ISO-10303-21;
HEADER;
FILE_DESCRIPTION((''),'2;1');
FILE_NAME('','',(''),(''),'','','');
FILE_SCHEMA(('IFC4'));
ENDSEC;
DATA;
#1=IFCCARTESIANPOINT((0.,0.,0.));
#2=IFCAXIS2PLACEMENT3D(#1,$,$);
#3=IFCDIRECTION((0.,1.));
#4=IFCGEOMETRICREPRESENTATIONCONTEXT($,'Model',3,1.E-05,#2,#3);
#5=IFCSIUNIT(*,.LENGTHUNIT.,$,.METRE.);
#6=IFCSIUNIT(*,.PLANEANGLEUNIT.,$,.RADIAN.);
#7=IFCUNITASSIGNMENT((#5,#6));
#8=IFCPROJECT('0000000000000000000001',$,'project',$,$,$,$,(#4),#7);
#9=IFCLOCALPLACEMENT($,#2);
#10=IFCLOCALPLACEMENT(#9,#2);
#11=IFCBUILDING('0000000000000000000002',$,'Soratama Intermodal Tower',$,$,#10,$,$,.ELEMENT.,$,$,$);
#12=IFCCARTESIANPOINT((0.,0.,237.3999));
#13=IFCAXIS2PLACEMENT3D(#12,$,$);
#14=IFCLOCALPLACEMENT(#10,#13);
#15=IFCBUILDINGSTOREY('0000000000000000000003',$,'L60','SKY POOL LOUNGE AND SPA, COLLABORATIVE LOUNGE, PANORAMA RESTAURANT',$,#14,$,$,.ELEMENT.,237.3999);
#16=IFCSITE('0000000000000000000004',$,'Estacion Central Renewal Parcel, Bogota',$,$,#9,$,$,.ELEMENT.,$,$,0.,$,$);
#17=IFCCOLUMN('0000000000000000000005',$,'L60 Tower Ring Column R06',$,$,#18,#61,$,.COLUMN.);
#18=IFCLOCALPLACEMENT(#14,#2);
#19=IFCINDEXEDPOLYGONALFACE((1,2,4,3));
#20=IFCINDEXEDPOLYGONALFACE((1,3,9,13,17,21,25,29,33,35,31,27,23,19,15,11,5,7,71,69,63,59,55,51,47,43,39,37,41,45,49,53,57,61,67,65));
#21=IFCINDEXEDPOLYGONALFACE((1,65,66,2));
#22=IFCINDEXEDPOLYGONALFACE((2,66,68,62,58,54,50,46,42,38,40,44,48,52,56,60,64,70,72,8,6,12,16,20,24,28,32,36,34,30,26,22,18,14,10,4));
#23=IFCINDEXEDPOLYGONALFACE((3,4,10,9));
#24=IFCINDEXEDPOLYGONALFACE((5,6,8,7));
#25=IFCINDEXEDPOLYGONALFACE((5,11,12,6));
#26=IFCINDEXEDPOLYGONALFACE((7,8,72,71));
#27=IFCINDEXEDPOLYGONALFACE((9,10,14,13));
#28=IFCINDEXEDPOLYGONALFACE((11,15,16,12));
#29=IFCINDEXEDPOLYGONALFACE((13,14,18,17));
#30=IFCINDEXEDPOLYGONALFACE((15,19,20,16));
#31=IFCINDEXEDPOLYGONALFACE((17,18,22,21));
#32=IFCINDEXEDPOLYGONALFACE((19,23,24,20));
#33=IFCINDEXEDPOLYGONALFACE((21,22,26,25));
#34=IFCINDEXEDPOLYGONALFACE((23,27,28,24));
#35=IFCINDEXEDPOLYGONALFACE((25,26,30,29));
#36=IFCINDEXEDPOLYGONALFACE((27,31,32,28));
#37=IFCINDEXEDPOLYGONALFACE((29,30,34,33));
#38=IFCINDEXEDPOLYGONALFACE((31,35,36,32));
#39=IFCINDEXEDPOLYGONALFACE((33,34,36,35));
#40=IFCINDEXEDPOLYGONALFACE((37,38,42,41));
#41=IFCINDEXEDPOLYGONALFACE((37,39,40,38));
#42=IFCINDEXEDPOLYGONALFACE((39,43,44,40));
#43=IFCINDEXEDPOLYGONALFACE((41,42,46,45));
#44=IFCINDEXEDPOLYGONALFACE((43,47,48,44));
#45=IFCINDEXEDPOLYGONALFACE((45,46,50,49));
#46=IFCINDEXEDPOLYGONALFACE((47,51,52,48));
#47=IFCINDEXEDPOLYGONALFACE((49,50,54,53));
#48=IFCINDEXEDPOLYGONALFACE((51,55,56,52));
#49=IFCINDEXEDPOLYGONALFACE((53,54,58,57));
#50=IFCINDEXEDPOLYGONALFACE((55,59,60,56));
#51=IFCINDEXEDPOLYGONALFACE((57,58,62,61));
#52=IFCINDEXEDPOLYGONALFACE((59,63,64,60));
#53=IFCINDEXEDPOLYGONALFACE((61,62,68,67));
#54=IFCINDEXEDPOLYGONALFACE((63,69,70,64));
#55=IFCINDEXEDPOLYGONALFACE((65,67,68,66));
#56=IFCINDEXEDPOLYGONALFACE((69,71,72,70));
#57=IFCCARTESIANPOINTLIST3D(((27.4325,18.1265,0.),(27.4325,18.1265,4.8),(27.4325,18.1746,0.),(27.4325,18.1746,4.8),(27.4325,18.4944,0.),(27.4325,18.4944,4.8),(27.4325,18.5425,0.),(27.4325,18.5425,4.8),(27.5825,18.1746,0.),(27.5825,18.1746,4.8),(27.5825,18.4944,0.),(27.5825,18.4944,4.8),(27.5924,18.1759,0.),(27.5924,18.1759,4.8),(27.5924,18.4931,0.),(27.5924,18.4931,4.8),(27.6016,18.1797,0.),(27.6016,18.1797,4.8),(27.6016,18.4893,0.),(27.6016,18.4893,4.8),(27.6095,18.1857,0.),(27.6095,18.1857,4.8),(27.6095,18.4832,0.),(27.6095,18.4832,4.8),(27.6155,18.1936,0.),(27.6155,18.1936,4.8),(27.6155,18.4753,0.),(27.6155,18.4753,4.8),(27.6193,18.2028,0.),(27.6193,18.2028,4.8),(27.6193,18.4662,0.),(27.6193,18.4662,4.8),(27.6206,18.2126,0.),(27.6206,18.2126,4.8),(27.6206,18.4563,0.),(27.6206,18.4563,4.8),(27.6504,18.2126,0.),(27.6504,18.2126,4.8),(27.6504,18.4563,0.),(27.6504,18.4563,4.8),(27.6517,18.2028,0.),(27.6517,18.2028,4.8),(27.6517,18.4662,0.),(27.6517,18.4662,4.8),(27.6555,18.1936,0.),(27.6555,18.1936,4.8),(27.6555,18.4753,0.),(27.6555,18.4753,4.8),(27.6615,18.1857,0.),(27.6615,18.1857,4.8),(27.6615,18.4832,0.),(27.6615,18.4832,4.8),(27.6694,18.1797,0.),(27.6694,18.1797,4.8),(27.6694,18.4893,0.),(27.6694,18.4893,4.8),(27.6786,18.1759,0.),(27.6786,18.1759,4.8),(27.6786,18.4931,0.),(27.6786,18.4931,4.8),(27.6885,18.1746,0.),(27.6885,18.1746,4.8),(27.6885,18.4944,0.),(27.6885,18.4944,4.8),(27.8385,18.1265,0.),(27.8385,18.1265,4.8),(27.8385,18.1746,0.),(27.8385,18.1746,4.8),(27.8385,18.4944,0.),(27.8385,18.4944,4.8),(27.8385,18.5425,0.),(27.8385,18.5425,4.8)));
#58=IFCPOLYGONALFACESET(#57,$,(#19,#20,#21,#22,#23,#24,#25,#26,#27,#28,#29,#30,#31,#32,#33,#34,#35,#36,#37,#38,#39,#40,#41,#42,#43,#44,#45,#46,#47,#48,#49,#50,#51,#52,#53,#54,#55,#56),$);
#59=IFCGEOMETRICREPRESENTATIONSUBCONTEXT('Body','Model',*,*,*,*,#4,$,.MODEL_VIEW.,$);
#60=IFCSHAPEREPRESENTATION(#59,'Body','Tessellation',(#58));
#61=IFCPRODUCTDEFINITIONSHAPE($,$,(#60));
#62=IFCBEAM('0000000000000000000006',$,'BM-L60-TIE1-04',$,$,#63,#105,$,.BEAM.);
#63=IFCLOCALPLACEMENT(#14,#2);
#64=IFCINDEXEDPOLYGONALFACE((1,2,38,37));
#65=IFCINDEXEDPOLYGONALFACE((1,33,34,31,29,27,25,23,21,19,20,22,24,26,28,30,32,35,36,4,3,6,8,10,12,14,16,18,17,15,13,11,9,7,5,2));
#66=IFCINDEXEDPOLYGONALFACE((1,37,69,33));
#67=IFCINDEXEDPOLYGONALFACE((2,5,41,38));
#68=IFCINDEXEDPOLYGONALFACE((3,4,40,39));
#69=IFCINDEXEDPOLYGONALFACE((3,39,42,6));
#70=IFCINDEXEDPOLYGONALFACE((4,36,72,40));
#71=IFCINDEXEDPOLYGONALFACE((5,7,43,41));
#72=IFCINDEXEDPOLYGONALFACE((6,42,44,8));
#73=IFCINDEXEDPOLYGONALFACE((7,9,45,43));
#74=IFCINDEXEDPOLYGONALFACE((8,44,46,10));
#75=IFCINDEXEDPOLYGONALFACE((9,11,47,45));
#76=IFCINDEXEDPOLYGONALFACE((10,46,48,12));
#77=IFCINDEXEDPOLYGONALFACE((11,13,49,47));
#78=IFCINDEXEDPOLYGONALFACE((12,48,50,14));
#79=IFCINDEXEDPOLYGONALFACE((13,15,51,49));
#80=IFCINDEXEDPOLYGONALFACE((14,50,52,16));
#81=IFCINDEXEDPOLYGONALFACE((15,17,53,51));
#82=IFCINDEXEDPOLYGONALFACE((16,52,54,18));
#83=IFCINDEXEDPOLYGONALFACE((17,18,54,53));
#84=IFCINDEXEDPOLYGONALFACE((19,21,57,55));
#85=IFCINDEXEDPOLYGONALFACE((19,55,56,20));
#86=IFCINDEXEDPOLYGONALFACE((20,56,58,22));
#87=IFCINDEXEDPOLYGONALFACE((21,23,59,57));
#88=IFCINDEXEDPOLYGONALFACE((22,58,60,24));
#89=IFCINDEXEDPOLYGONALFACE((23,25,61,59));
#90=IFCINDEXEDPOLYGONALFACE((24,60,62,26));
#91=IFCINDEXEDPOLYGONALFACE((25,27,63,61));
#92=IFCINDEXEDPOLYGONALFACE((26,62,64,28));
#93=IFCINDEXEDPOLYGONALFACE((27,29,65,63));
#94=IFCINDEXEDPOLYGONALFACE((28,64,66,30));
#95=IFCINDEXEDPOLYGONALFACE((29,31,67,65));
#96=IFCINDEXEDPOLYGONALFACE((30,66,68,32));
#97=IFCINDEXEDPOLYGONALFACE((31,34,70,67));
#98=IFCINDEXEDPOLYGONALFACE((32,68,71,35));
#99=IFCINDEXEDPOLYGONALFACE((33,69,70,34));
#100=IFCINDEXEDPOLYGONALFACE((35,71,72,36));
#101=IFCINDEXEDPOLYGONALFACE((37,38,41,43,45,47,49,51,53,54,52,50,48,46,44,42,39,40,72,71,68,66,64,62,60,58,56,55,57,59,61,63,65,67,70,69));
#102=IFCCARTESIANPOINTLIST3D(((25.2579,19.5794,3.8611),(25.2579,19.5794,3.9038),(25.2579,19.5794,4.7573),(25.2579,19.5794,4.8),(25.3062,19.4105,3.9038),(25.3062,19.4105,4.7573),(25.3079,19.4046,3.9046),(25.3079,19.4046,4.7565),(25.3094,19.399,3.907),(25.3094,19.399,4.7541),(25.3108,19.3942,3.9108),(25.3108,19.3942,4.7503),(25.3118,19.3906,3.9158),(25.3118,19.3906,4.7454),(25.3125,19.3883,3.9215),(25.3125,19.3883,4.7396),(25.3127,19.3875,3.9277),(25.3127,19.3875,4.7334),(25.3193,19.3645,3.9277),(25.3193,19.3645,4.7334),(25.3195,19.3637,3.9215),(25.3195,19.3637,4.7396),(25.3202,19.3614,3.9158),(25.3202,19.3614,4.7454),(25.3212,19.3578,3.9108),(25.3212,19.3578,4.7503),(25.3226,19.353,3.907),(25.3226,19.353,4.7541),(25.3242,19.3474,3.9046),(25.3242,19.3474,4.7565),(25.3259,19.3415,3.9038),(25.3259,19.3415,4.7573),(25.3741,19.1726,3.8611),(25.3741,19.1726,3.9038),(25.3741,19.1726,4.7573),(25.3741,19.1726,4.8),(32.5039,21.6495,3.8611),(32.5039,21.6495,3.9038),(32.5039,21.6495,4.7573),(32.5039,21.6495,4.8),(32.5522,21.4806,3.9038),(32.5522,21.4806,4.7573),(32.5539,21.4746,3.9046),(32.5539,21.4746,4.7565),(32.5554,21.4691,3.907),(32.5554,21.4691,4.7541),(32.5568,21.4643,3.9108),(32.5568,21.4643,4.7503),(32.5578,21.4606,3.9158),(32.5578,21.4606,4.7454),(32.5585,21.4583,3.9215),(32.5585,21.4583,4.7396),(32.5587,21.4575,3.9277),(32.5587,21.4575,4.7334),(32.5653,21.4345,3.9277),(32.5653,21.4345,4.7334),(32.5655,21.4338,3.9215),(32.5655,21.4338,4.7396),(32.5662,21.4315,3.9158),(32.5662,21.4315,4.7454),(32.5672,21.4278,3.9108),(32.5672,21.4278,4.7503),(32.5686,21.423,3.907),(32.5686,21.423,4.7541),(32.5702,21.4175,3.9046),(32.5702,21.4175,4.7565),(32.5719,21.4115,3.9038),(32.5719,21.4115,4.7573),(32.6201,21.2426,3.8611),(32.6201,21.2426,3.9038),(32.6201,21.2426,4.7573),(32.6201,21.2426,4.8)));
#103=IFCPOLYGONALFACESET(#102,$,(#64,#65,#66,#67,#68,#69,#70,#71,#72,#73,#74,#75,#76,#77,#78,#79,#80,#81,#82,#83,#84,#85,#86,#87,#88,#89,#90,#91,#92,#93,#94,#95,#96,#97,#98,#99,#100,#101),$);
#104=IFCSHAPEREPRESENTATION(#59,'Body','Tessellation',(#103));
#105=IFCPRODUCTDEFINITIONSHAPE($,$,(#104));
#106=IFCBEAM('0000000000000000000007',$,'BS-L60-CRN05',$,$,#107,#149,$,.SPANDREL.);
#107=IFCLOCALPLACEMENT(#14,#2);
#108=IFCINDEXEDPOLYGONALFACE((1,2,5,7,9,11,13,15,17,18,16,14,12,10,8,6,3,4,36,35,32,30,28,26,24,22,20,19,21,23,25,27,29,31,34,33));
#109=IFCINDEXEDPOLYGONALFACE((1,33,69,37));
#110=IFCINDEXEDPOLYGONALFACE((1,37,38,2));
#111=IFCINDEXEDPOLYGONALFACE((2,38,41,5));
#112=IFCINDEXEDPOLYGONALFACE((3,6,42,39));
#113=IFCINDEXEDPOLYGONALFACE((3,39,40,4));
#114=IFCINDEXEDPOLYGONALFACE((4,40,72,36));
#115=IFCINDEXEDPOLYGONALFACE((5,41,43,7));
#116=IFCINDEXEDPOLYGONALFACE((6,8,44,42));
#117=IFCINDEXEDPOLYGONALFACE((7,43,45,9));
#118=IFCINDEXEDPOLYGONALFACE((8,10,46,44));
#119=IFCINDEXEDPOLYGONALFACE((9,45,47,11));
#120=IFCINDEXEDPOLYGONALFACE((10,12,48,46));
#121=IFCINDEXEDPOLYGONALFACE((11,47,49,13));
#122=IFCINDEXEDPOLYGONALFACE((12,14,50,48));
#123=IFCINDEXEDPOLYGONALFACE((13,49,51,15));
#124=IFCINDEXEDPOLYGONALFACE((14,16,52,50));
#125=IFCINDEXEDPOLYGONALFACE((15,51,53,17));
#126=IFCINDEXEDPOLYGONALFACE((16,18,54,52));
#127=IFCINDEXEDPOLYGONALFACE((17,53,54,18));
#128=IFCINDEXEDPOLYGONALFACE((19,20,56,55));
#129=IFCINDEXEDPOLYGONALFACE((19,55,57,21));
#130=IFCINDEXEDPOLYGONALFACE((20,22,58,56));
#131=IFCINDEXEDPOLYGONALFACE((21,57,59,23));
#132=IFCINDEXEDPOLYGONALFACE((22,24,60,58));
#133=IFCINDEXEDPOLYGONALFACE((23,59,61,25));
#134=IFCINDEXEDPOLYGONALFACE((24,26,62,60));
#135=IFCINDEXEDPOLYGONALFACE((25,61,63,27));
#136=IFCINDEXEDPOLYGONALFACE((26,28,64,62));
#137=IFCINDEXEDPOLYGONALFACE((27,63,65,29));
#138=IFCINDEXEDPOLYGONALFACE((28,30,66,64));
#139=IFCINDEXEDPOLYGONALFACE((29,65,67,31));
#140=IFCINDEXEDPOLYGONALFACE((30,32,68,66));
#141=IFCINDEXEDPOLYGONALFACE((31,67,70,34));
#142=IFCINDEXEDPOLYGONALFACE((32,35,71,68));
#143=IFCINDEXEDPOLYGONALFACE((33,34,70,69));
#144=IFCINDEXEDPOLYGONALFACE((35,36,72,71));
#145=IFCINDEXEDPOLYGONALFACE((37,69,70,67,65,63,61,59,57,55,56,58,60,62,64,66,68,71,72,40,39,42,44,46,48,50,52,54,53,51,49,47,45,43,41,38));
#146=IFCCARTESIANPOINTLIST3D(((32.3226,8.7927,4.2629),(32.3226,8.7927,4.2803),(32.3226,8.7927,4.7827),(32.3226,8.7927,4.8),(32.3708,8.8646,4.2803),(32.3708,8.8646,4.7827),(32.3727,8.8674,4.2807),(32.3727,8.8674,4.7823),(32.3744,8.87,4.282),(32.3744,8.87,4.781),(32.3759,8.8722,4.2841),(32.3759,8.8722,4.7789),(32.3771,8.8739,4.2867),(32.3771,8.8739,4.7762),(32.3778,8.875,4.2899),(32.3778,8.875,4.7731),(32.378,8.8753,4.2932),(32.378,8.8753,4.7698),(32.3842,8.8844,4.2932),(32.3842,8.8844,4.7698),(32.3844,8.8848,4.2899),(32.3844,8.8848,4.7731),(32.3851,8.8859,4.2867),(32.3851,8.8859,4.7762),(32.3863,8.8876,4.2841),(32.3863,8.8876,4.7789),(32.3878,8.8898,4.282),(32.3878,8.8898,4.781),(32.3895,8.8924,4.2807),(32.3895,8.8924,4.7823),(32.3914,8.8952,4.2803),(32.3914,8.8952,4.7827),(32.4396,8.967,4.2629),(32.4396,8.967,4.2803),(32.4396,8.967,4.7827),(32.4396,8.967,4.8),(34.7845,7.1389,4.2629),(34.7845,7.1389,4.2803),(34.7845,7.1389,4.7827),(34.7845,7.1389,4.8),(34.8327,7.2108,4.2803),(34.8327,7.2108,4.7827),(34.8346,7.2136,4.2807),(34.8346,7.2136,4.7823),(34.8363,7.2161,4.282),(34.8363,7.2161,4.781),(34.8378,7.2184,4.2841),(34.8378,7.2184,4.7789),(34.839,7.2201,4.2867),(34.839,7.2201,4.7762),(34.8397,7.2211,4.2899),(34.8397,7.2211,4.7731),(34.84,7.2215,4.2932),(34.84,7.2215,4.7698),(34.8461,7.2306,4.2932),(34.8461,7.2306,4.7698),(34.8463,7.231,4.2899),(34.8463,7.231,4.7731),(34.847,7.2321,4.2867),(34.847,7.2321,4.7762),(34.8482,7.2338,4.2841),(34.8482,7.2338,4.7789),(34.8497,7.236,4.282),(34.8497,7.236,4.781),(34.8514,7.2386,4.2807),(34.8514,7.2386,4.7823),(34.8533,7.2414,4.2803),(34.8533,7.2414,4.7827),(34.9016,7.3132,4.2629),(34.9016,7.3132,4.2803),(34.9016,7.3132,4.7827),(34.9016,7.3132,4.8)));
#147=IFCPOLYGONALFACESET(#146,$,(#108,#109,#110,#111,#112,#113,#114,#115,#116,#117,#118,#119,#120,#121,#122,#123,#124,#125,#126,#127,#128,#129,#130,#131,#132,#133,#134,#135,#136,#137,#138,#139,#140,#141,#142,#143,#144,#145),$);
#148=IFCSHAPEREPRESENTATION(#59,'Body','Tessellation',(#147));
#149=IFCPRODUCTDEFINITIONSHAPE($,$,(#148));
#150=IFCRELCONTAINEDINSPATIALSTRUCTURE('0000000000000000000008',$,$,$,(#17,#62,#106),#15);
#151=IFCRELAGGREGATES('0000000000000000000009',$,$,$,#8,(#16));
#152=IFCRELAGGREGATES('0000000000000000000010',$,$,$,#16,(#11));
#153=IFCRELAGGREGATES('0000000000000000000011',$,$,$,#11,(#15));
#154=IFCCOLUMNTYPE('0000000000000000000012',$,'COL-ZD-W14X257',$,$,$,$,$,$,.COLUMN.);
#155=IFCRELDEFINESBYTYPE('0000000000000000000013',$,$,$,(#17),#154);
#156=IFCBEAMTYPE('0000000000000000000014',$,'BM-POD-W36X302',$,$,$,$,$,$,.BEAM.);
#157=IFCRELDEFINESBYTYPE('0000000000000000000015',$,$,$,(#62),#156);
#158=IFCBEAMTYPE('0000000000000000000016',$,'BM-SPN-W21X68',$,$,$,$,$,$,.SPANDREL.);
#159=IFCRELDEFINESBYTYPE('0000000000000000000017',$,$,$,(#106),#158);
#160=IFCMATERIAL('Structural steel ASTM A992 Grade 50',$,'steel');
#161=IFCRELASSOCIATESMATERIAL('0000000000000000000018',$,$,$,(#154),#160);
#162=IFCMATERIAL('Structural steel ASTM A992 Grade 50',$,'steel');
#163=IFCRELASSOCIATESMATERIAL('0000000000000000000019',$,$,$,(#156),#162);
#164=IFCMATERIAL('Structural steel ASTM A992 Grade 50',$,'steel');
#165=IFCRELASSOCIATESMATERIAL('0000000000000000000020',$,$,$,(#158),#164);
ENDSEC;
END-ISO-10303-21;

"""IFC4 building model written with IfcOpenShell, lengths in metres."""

from ifc_helpers import new_model, si_unit, direction, frame, origin, origin_2d, place, context, subcontext, project, spatial, i_section, extrude, material, material_profile, profile_set, type_object, element, save


model = new_model("IFC4")

# Units and contexts
model_context = context("Model", 3, precision=1e-05, world=origin(), true_north=direction((0.0, 1.0)))
body_context = subcontext(model_context, "Body", "Model", "MODEL_VIEW")
ifc_project = project(units=[si_unit("LENGTHUNIT", "METRE"), si_unit("PLANEANGLEUNIT", "RADIAN")], contexts=[model_context])

# Site, building, storey
site_placement = place(None, origin())
site = spatial("IfcSite", under=ifc_project, at=site_placement, Name="Estacion Central Renewal Parcel, Bogota", CompositionType="ELEMENT", RefElevation=0.0)
building_placement = place(site_placement, origin())
building = spatial("IfcBuilding", under=site, at=building_placement, Name="Soratama Intermodal Tower", CompositionType="ELEMENT")
storey_placement = place(building_placement, frame((0.0, 0.0, 237.3999)))
storey = spatial("IfcBuildingStorey", under=building, at=storey_placement, Name="L60", Description="SKY POOL LOUNGE AND SPA, COLLABORATIVE LOUNGE, PANORAMA RESTAURANT", CompositionType="ELEMENT", Elevation=237.3999)

# Column
ifc_material_1 = material(Name="Structural steel ASTM A992 Grade 50", Category="steel")
ifc_material_profile_1 = material_profile(ifc_material_1, i_section(OverallWidth=0.406, OverallDepth=0.416, WebThickness=0.0298, FlangeThickness=0.0481, FilletRadius=0.0381, at=origin_2d()), Name="W14X257")
ifc_profile_set_1 = profile_set([ifc_material_profile_1], Name="Structural steel ASTM A992 Grade 50")
column_type = type_object("IfcColumnType", Name="COL-ZD-W14X257", PredefinedType="COLUMN", material=ifc_profile_set_1)
column_placement = place(storey_placement, frame((27.6355, 18.3345, 0.0), z_axis=(0.0, 0.0, 1.0), x_axis=(1.0, 0.0, 0.0)))
element("IfcColumn", 1, at=column_placement, inside=storey, type_object=column_type, Name="L60 Tower Ring Column R06", PredefinedType="COLUMN", context=body_context, shape_type="SweptSolid", body=[
    extrude(i_section(OverallWidth=0.406, OverallDepth=0.416, WebThickness=0.0298, FlangeThickness=0.0481, FilletRadius=0.0381, at=origin_2d()), origin(), (0.0, 0.0, 1.0), 4.8),
])

# Beams
ifc_material_2 = material(Name="Structural steel ASTM A992 Grade 50", Category="steel")
ifc_material_profile_2 = material_profile(ifc_material_2, i_section(OverallWidth=0.4231, OverallDepth=0.939, WebThickness=0.0239, FlangeThickness=0.0427, FilletRadius=0.0239, at=origin_2d()), Name="W36X302")
ifc_profile_set_2 = profile_set([ifc_material_profile_2], Name="Structural steel ASTM A992 Grade 50")
beam_type_1 = type_object("IfcBeamType", Name="BM-POD-W36X302", PredefinedType="BEAM", material=ifc_profile_set_2)
beam_1_placement = place(storey_placement, frame((32.562, 21.446, 4.3306), z_axis=(-0.961533, -0.274691, 0.0), x_axis=(0.274691, -0.961533, 0.0)))
element("IfcBeam", 2, at=beam_1_placement, inside=storey, type_object=beam_type_1, Name="BM-L60-TIE1-04", PredefinedType="BEAM", context=body_context, shape_type="SweptSolid", body=[
    extrude(i_section(OverallWidth=0.4231, OverallDepth=0.939, WebThickness=0.0239, FlangeThickness=0.0427, FilletRadius=0.0239, at=origin_2d()), origin(), (0.0, 0.0, 1.0), 7.5359),
])
ifc_material_3 = material(Name="Structural steel ASTM A992 Grade 50", Category="steel")
ifc_material_profile_3 = material_profile(ifc_material_3, i_section(OverallWidth=0.21, OverallDepth=0.5371, WebThickness=0.011, FlangeThickness=0.0173, FilletRadius=0.0129, at=origin_2d()), Name="W21X68")
ifc_profile_set_3 = profile_set([ifc_material_profile_3], Name="Structural steel ASTM A992 Grade 50")
beam_type_2 = type_object("IfcBeamType", Name="BM-SPN-W21X68", PredefinedType="SPANDREL", material=ifc_profile_set_3)
beam_2_placement = place(storey_placement, frame((32.3811, 8.8799, 4.5315), z_axis=(0.830095, -0.557622, 0.0), x_axis=(0.557622, 0.830095, 0.0)))
element("IfcBeam", 3, at=beam_2_placement, inside=storey, type_object=beam_type_2, Name="BS-L60-CRN05", PredefinedType="SPANDREL", context=body_context, shape_type="SweptSolid", body=[
    extrude(i_section(OverallWidth=0.21, OverallDepth=0.5371, WebThickness=0.011, FlangeThickness=0.0173, FilletRadius=0.0129, at=origin_2d()), origin(), (0.0, 0.0, 1.0), 2.9658),
])

save(model, "model.ifc")
